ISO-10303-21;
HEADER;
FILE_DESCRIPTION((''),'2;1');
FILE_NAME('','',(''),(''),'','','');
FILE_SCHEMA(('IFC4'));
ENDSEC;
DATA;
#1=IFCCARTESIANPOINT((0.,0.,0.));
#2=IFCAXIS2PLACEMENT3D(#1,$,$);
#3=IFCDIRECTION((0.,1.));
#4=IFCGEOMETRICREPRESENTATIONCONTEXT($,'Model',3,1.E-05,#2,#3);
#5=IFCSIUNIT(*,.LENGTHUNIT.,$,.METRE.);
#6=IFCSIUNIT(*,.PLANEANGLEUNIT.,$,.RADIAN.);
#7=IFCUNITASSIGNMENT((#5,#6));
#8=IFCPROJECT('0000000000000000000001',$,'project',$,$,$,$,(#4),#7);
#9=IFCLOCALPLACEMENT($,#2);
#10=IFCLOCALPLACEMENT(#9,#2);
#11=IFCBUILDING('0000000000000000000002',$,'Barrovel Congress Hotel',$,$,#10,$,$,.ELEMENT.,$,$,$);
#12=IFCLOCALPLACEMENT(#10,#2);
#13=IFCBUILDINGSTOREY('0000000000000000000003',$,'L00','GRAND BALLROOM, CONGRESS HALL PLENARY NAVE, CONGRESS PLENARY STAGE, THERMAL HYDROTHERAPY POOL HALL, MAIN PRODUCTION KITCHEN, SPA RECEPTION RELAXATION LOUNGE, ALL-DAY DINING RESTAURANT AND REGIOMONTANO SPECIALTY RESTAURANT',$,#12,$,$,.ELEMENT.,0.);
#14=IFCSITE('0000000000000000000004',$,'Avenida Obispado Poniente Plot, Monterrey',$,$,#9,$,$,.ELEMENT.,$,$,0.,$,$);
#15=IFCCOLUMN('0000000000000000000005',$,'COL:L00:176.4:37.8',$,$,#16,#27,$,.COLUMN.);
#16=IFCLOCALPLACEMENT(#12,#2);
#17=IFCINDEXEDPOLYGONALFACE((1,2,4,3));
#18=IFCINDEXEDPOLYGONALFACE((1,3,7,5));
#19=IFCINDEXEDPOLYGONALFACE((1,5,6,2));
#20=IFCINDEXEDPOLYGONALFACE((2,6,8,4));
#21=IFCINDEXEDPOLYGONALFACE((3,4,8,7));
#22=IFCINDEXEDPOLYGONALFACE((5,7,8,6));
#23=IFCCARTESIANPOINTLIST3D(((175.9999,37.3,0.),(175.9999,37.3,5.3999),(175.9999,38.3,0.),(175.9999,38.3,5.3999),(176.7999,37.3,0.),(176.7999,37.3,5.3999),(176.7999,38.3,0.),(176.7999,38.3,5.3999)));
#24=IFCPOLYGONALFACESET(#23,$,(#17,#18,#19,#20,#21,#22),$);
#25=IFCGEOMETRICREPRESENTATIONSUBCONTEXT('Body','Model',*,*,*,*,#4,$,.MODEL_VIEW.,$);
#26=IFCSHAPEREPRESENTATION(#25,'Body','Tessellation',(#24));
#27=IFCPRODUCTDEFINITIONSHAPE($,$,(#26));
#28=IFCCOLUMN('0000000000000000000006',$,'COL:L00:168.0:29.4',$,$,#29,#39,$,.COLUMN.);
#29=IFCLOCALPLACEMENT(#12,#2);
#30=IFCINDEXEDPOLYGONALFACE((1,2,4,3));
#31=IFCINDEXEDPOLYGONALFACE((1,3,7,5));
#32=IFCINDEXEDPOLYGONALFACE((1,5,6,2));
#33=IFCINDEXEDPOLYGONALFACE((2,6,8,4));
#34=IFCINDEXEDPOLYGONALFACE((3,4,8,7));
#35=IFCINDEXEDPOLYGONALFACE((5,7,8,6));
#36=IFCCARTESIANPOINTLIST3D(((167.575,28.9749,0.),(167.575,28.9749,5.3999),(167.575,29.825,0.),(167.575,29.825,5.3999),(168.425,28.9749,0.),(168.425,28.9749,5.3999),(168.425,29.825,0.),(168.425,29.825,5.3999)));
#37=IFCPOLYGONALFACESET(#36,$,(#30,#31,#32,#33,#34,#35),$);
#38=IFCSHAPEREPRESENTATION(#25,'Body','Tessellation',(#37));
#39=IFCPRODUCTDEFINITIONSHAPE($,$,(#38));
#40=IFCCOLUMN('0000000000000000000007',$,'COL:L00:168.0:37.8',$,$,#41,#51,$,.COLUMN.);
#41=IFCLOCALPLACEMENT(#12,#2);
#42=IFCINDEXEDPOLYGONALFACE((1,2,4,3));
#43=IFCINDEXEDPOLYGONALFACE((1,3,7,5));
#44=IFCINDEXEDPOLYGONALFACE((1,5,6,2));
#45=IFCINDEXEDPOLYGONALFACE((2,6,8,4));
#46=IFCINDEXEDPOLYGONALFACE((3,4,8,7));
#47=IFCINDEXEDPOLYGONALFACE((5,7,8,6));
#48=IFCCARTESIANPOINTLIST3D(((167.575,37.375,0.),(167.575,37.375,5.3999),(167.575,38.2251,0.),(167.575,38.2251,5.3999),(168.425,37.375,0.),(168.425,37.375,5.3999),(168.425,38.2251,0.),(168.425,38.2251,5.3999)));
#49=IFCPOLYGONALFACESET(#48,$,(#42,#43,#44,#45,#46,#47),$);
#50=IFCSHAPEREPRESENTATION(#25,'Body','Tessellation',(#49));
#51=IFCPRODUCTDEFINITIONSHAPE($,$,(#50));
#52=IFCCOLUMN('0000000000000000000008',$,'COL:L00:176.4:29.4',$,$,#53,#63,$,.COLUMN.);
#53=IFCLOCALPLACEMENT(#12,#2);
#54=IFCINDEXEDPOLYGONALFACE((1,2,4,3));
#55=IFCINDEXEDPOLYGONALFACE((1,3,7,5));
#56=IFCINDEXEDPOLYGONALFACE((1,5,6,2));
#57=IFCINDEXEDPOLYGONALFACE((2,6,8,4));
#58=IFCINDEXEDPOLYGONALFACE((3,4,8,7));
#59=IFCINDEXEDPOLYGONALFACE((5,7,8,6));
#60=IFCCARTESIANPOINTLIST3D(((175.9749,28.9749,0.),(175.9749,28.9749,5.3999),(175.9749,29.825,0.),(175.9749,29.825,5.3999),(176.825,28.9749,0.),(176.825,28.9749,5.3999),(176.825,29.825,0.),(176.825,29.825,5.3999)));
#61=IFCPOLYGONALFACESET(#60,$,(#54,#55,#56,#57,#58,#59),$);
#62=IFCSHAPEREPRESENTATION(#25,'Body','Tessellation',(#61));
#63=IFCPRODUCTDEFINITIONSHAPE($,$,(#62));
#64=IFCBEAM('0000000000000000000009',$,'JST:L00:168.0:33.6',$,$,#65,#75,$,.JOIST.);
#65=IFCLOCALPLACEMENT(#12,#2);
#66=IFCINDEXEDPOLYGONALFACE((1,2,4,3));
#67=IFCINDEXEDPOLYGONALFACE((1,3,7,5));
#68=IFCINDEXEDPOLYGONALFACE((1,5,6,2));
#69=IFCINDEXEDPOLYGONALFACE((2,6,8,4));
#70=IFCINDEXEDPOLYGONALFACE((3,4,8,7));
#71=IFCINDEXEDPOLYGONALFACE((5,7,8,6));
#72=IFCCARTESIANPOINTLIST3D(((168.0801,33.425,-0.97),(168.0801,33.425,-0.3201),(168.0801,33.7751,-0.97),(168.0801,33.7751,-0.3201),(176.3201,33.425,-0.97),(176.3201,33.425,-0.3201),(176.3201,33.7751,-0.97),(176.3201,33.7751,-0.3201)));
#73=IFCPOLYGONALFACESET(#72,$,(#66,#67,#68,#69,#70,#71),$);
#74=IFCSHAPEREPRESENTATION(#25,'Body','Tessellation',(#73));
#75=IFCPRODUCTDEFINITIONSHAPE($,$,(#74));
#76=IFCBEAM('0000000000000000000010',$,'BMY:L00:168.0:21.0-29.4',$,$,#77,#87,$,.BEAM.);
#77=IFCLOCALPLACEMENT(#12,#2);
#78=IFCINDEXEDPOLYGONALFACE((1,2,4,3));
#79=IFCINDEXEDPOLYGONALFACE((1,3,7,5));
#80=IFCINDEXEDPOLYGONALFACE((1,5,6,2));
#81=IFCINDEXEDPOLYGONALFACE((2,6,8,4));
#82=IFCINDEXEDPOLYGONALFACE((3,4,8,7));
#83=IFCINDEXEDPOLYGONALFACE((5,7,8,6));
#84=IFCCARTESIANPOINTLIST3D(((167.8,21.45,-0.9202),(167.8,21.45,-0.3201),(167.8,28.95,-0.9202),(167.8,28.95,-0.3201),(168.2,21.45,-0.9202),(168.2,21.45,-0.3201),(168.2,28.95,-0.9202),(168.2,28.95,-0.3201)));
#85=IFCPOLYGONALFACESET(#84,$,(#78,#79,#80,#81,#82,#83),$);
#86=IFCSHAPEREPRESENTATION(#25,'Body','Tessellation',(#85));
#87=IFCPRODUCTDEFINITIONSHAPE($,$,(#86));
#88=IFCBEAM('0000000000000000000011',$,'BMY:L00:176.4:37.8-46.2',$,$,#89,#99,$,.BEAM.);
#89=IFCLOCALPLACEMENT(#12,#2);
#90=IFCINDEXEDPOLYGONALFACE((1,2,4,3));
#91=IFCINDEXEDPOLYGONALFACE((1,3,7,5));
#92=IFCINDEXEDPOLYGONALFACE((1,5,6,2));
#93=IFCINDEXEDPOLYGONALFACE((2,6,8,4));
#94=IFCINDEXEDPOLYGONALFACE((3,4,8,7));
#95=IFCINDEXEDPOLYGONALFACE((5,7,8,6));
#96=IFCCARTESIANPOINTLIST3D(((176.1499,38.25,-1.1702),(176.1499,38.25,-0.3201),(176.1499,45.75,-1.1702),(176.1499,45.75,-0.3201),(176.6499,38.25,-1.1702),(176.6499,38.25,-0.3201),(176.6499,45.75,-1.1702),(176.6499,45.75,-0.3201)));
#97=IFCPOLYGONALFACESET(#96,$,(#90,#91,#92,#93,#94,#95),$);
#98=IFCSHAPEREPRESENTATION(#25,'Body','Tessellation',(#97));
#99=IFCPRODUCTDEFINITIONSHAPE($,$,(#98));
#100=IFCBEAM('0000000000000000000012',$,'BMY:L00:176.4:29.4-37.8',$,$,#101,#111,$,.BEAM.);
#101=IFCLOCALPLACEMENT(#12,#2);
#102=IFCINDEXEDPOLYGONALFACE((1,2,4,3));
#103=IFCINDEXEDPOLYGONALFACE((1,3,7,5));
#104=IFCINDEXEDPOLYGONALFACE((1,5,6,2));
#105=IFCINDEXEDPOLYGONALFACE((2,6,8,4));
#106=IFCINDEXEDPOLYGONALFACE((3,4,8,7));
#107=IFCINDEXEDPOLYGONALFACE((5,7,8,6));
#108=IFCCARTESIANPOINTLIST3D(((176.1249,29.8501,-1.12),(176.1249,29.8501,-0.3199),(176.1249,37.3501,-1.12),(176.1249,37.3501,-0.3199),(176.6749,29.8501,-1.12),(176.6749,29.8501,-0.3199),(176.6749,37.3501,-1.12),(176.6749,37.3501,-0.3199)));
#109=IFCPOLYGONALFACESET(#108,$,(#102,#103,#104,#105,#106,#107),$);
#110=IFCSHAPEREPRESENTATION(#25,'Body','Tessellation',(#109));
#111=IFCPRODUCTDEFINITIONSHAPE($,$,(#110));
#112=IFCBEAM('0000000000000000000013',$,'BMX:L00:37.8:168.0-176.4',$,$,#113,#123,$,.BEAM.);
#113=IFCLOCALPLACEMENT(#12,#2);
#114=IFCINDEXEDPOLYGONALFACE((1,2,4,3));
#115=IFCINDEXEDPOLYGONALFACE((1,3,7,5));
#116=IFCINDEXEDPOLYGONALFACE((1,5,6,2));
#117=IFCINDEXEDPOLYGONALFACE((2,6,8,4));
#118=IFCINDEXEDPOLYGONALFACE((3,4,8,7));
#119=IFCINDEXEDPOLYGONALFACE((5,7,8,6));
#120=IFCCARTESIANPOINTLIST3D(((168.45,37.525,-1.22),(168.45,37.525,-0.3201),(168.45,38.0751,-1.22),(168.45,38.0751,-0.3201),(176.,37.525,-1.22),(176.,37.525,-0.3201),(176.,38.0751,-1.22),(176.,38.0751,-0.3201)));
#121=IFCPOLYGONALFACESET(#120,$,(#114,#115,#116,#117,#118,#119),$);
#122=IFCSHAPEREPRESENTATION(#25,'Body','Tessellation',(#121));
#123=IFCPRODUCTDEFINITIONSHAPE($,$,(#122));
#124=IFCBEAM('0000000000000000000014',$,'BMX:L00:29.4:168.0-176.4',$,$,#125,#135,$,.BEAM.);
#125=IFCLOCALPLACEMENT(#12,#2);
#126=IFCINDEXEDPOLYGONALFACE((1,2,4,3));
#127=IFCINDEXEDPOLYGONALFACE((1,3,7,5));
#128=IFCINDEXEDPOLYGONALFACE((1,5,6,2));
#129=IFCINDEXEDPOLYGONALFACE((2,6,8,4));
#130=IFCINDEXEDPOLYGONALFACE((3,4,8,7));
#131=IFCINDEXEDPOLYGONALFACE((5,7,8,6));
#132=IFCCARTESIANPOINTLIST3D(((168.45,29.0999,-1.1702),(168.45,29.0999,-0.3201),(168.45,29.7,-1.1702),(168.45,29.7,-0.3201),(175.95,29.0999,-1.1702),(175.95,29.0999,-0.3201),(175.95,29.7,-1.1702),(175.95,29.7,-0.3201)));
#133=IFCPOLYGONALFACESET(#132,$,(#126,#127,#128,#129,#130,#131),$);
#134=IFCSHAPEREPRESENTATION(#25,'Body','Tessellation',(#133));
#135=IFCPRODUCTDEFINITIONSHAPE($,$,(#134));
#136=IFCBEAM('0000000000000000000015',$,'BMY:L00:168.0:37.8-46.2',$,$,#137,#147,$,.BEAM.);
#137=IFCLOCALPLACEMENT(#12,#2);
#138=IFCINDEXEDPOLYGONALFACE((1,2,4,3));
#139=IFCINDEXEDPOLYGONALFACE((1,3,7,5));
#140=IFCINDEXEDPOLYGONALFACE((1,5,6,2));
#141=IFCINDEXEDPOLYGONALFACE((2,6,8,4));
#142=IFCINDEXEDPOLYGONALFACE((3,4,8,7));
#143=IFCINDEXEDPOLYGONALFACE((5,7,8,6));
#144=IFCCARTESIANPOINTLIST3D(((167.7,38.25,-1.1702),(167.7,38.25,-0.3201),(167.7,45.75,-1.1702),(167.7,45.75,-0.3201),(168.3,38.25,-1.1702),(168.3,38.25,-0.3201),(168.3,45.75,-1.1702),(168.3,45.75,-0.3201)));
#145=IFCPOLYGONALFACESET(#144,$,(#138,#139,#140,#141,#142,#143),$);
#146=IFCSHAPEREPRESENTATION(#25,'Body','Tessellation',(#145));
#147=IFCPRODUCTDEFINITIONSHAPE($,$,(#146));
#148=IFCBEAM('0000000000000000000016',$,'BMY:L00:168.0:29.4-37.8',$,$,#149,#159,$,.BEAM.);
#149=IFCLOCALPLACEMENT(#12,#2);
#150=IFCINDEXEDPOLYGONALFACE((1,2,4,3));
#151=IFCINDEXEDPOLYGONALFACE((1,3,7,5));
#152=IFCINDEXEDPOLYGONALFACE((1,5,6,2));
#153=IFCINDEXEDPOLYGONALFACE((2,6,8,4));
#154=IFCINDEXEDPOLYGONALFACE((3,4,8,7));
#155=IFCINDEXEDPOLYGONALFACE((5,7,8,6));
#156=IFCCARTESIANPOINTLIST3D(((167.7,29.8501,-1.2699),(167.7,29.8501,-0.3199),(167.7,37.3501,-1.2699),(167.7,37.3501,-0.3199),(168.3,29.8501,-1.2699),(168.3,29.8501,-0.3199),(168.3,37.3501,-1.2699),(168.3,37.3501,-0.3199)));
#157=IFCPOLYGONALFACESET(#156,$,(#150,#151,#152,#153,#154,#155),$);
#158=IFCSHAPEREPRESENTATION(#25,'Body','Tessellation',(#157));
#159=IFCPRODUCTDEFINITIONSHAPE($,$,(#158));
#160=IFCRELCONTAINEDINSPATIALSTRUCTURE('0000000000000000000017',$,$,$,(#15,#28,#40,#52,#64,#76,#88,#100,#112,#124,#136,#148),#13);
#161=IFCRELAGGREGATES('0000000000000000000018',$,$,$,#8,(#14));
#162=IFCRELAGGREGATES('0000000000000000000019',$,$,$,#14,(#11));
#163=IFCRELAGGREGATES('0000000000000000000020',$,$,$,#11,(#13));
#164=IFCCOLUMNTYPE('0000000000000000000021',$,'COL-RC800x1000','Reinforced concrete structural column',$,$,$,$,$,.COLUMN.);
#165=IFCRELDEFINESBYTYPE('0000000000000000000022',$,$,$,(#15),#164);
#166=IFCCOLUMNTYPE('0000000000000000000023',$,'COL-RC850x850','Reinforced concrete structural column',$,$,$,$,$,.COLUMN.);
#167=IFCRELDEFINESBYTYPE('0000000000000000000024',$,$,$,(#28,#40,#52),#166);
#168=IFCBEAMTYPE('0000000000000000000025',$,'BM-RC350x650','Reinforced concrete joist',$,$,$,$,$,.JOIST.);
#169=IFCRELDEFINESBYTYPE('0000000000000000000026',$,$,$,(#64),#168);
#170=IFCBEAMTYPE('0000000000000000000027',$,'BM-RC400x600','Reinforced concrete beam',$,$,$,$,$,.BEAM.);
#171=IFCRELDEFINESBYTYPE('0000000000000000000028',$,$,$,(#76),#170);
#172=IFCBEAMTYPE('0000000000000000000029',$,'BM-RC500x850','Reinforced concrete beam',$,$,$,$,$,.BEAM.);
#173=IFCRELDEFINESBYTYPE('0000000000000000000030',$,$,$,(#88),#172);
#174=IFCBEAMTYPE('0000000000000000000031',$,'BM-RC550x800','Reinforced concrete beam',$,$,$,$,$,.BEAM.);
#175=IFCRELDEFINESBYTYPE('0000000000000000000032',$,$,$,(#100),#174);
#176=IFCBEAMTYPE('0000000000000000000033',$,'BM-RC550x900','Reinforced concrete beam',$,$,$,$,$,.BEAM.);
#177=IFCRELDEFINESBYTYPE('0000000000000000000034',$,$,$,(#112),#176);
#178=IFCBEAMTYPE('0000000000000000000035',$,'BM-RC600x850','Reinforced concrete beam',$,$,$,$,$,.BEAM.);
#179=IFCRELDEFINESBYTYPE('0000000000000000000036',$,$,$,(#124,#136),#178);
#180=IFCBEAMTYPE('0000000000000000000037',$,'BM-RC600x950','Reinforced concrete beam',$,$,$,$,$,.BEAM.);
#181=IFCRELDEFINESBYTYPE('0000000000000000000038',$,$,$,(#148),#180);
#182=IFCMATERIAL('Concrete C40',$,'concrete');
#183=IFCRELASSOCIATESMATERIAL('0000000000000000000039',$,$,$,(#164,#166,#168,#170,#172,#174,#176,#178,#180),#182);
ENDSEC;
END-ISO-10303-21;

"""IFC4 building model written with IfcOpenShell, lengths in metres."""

from ifc_helpers import new_model, si_unit, direction, frame, origin, origin_2d, place, context, subcontext, project, spatial, rectangle, extrude, material, material_profile, profile_set, type_object, element, save


model = new_model("IFC4")

# Units and contexts
model_context = context("Model", 3, precision=1e-05, world=origin(), true_north=direction((0.0, 1.0)))
body_context = subcontext(model_context, "Body", "Model", "MODEL_VIEW")
ifc_project = project(units=[si_unit("LENGTHUNIT", "METRE"), si_unit("PLANEANGLEUNIT", "RADIAN")], contexts=[model_context])

# Site, building, storey
site_placement = place(None, origin())
site = spatial("IfcSite", under=ifc_project, at=site_placement, Name="Avenida Obispado Poniente Plot, Monterrey", CompositionType="ELEMENT", RefElevation=0.0)
building_placement = place(site_placement, origin())
building = spatial("IfcBuilding", under=site, at=building_placement, Name="Barrovel Congress Hotel", CompositionType="ELEMENT")
storey_placement = place(building_placement, origin())
storey = spatial("IfcBuildingStorey", under=building, at=storey_placement, Name="L00", Description="GRAND BALLROOM, CONGRESS HALL PLENARY NAVE, CONGRESS PLENARY STAGE, THERMAL HYDROTHERAPY POOL HALL, MAIN PRODUCTION KITCHEN, SPA RECEPTION RELAXATION LOUNGE, ALL-DAY DINING RESTAURANT AND REGIOMONTANO SPECIALTY RESTAURANT", CompositionType="ELEMENT", Elevation=0.0)

# Columns
ifc_material_1 = material(Name="Concrete C40", Category="concrete")
ifc_material_profile_1 = material_profile(ifc_material_1, rectangle(XDim=0.8, YDim=1.0, at=origin_2d()), Name="RC800x1000")
ifc_profile_set_1 = profile_set([ifc_material_profile_1], Name="Concrete C40")
column_type_1 = type_object("IfcColumnType", Name="COL-RC800x1000", Description="Reinforced concrete structural column", PredefinedType="COLUMN", material=ifc_profile_set_1)
column_placement = place(storey_placement, frame((176.3999, 37.8, 0.0), z_axis=(0.0, 0.0, 1.0), x_axis=(1.0, 0.0, 0.0)))
element("IfcColumn", 1, at=column_placement, inside=storey, type_object=column_type_1, Name="COL:L00:176.4:37.8", PredefinedType="COLUMN", context=body_context, shape_type="SweptSolid", body=[
    extrude(rectangle(XDim=0.8, YDim=1.0, at=origin_2d()), origin(), (0.0, 0.0, 1.0), 5.3999),
])
ifc_material_profile_2 = material_profile(ifc_material_1, rectangle(XDim=0.8501, YDim=0.8501, at=origin_2d()), Name="RC850x850")
ifc_profile_set_2 = profile_set([ifc_material_profile_2], Name="Concrete C40")
column_type_2 = type_object("IfcColumnType", Name="COL-RC850x850", Description="Reinforced concrete structural column", PredefinedType="COLUMN", material=ifc_profile_set_2)
for number, where, z_axis, x_axis, name in (
    (2, (168.0, 29.3999, 0.0), (0.0, 0.0, 1.0), (1.0, 0.0, 0.0), "COL:L00:168.0:29.4"),
    (3, (168.0, 37.8, 0.0), (0.0, 0.0, 1.0), (1.0, 0.0, 0.0), "COL:L00:168.0:37.8"),
    (4, (176.3999, 29.3999, 0.0), (0.0, 0.0, 1.0), (1.0, 0.0, 0.0), "COL:L00:176.4:29.4"),
):
    element("IfcColumn", number, at=place(storey_placement, frame(where, z_axis=z_axis, x_axis=x_axis)), inside=storey, type_object=column_type_2, Name=name, PredefinedType="COLUMN", context=body_context, shape_type="SweptSolid", body=[
        extrude(rectangle(XDim=0.8501, YDim=0.8501, at=origin_2d()), origin(), (0.0, 0.0, 1.0), 5.3999),
    ])

# Beams
ifc_material_profile_3 = material_profile(ifc_material_1, rectangle(XDim=0.3501, YDim=0.6499, at=origin_2d()), Name="RC350x650")
ifc_profile_set_3 = profile_set([ifc_material_profile_3], Name="Concrete C40")
beam_type_1 = type_object("IfcBeamType", Name="BM-RC350x650", Description="Reinforced concrete joist", PredefinedType="JOIST", material=ifc_profile_set_3)
beam_1_placement = place(storey_placement, frame((168.0801, 33.6001, -0.645), z_axis=(1.0, 0.0, 0.0), x_axis=(0.0, 1.0, 0.0)))
element("IfcBeam", 5, at=beam_1_placement, inside=storey, type_object=beam_type_1, Name="JST:L00:168.0:33.6", PredefinedType="JOIST", context=body_context, shape_type="SweptSolid", body=[
    extrude(rectangle(XDim=0.3501, YDim=0.6499, at=origin_2d()), origin(), (0.0, 0.0, 1.0), 8.24),
])
ifc_material_profile_4 = material_profile(ifc_material_1, rectangle(XDim=0.3999, YDim=0.6001, at=origin_2d()), Name="RC400x600")
ifc_profile_set_4 = profile_set([ifc_material_profile_4], Name="Concrete C40")
beam_type_2 = type_object("IfcBeamType", Name="BM-RC400x600", Description="Reinforced concrete beam", PredefinedType="BEAM", material=ifc_profile_set_4)
beam_2_placement = place(storey_placement, frame((168.0, 21.45, -0.6201), z_axis=(0.0, 1.0, 0.0), x_axis=(-1.0, 0.0, 0.0)))
element("IfcBeam", 6, at=beam_2_placement, inside=storey, type_object=beam_type_2, Name="BMY:L00:168.0:21.0-29.4", PredefinedType="BEAM", context=body_context, shape_type="SweptSolid", body=[
    extrude(rectangle(XDim=0.3999, YDim=0.6001, at=origin_2d()), origin(), (0.0, 0.0, 1.0), 7.5),
])
ifc_material_profile_5 = material_profile(ifc_material_1, rectangle(XDim=0.5, YDim=0.8501, at=origin_2d()), Name="RC500x850")
ifc_profile_set_5 = profile_set([ifc_material_profile_5], Name="Concrete C40")
beam_type_3 = type_object("IfcBeamType", Name="BM-RC500x850", Description="Reinforced concrete beam", PredefinedType="BEAM", material=ifc_profile_set_5)
beam_3_placement = place(storey_placement, frame((176.3999, 38.25, -0.7451), z_axis=(0.0, 1.0, 0.0), x_axis=(-1.0, 0.0, 0.0)))
element("IfcBeam", 7, at=beam_3_placement, inside=storey, type_object=beam_type_3, Name="BMY:L00:176.4:37.8-46.2", PredefinedType="BEAM", context=body_context, shape_type="SweptSolid", body=[
    extrude(rectangle(XDim=0.5, YDim=0.8501, at=origin_2d()), origin(), (0.0, 0.0, 1.0), 7.5),
])
ifc_material_profile_6 = material_profile(ifc_material_1, rectangle(XDim=0.55, YDim=0.8, at=origin_2d()), Name="RC550x800")
ifc_profile_set_6 = profile_set([ifc_material_profile_6], Name="Concrete C40")
beam_type_4 = type_object("IfcBeamType", Name="BM-RC550x800", Description="Reinforced concrete beam", PredefinedType="BEAM", material=ifc_profile_set_6)
beam_4_placement = place(storey_placement, frame((176.3999, 29.8501, -0.72), z_axis=(0.0, 1.0, 0.0), x_axis=(-1.0, 0.0, 0.0)))
element("IfcBeam", 8, at=beam_4_placement, inside=storey, type_object=beam_type_4, Name="BMY:L00:176.4:29.4-37.8", PredefinedType="BEAM", context=body_context, shape_type="SweptSolid", body=[
    extrude(rectangle(XDim=0.55, YDim=0.8, at=origin_2d()), origin(), (0.0, 0.0, 1.0), 7.5),
])
ifc_material_profile_7 = material_profile(ifc_material_1, rectangle(XDim=0.55, YDim=0.8999, at=origin_2d()), Name="RC550x900")
ifc_profile_set_7 = profile_set([ifc_material_profile_7], Name="Concrete C40")
beam_type_5 = type_object("IfcBeamType", Name="BM-RC550x900", Description="Reinforced concrete beam", PredefinedType="BEAM", material=ifc_profile_set_7)
beam_5_placement = place(storey_placement, frame((168.45, 37.8, -0.77), z_axis=(1.0, 0.0, 0.0), x_axis=(0.0, 1.0, 0.0)))
element("IfcBeam", 9, at=beam_5_placement, inside=storey, type_object=beam_type_5, Name="BMX:L00:37.8:168.0-176.4", PredefinedType="BEAM", context=body_context, shape_type="SweptSolid", body=[
    extrude(rectangle(XDim=0.55, YDim=0.8999, at=origin_2d()), origin(), (0.0, 0.0, 1.0), 7.55),
])
ifc_material_profile_8 = material_profile(ifc_material_1, rectangle(XDim=0.6001, YDim=0.8501, at=origin_2d()), Name="RC600x850")
ifc_profile_set_8 = profile_set([ifc_material_profile_8], Name="Concrete C40")
beam_type_6 = type_object("IfcBeamType", Name="BM-RC600x850", Description="Reinforced concrete beam", PredefinedType="BEAM", material=ifc_profile_set_8)
for number, where, z_axis, x_axis, name in (
    (10, (168.45, 29.3999, -0.7451), (1.0, 0.0, 0.0), (0.0, 1.0, 0.0), "BMX:L00:29.4:168.0-176.4"),
    (11, (168.0, 38.25, -0.7451), (0.0, 1.0, 0.0), (-1.0, 0.0, 0.0), "BMY:L00:168.0:37.8-46.2"),
):
    element("IfcBeam", number, at=place(storey_placement, frame(where, z_axis=z_axis, x_axis=x_axis)), inside=storey, type_object=beam_type_6, Name=name, PredefinedType="BEAM", context=body_context, shape_type="SweptSolid", body=[
        extrude(rectangle(XDim=0.6001, YDim=0.8501, at=origin_2d()), origin(), (0.0, 0.0, 1.0), 7.5),
    ])
ifc_material_profile_9 = material_profile(ifc_material_1, rectangle(XDim=0.6001, YDim=0.95, at=origin_2d()), Name="RC600x950")
ifc_profile_set_9 = profile_set([ifc_material_profile_9], Name="Concrete C40")
beam_type_7 = type_object("IfcBeamType", Name="BM-RC600x950", Description="Reinforced concrete beam", PredefinedType="BEAM", material=ifc_profile_set_9)
beam_6_placement = place(storey_placement, frame((168.0, 29.8501, -0.7949), z_axis=(0.0, 1.0, 0.0), x_axis=(-1.0, 0.0, 0.0)))
element("IfcBeam", 12, at=beam_6_placement, inside=storey, type_object=beam_type_7, Name="BMY:L00:168.0:29.4-37.8", PredefinedType="BEAM", context=body_context, shape_type="SweptSolid", body=[
    extrude(rectangle(XDim=0.6001, YDim=0.95, at=origin_2d()), origin(), (0.0, 0.0, 1.0), 7.5),
])

save(model, "model.ifc")
